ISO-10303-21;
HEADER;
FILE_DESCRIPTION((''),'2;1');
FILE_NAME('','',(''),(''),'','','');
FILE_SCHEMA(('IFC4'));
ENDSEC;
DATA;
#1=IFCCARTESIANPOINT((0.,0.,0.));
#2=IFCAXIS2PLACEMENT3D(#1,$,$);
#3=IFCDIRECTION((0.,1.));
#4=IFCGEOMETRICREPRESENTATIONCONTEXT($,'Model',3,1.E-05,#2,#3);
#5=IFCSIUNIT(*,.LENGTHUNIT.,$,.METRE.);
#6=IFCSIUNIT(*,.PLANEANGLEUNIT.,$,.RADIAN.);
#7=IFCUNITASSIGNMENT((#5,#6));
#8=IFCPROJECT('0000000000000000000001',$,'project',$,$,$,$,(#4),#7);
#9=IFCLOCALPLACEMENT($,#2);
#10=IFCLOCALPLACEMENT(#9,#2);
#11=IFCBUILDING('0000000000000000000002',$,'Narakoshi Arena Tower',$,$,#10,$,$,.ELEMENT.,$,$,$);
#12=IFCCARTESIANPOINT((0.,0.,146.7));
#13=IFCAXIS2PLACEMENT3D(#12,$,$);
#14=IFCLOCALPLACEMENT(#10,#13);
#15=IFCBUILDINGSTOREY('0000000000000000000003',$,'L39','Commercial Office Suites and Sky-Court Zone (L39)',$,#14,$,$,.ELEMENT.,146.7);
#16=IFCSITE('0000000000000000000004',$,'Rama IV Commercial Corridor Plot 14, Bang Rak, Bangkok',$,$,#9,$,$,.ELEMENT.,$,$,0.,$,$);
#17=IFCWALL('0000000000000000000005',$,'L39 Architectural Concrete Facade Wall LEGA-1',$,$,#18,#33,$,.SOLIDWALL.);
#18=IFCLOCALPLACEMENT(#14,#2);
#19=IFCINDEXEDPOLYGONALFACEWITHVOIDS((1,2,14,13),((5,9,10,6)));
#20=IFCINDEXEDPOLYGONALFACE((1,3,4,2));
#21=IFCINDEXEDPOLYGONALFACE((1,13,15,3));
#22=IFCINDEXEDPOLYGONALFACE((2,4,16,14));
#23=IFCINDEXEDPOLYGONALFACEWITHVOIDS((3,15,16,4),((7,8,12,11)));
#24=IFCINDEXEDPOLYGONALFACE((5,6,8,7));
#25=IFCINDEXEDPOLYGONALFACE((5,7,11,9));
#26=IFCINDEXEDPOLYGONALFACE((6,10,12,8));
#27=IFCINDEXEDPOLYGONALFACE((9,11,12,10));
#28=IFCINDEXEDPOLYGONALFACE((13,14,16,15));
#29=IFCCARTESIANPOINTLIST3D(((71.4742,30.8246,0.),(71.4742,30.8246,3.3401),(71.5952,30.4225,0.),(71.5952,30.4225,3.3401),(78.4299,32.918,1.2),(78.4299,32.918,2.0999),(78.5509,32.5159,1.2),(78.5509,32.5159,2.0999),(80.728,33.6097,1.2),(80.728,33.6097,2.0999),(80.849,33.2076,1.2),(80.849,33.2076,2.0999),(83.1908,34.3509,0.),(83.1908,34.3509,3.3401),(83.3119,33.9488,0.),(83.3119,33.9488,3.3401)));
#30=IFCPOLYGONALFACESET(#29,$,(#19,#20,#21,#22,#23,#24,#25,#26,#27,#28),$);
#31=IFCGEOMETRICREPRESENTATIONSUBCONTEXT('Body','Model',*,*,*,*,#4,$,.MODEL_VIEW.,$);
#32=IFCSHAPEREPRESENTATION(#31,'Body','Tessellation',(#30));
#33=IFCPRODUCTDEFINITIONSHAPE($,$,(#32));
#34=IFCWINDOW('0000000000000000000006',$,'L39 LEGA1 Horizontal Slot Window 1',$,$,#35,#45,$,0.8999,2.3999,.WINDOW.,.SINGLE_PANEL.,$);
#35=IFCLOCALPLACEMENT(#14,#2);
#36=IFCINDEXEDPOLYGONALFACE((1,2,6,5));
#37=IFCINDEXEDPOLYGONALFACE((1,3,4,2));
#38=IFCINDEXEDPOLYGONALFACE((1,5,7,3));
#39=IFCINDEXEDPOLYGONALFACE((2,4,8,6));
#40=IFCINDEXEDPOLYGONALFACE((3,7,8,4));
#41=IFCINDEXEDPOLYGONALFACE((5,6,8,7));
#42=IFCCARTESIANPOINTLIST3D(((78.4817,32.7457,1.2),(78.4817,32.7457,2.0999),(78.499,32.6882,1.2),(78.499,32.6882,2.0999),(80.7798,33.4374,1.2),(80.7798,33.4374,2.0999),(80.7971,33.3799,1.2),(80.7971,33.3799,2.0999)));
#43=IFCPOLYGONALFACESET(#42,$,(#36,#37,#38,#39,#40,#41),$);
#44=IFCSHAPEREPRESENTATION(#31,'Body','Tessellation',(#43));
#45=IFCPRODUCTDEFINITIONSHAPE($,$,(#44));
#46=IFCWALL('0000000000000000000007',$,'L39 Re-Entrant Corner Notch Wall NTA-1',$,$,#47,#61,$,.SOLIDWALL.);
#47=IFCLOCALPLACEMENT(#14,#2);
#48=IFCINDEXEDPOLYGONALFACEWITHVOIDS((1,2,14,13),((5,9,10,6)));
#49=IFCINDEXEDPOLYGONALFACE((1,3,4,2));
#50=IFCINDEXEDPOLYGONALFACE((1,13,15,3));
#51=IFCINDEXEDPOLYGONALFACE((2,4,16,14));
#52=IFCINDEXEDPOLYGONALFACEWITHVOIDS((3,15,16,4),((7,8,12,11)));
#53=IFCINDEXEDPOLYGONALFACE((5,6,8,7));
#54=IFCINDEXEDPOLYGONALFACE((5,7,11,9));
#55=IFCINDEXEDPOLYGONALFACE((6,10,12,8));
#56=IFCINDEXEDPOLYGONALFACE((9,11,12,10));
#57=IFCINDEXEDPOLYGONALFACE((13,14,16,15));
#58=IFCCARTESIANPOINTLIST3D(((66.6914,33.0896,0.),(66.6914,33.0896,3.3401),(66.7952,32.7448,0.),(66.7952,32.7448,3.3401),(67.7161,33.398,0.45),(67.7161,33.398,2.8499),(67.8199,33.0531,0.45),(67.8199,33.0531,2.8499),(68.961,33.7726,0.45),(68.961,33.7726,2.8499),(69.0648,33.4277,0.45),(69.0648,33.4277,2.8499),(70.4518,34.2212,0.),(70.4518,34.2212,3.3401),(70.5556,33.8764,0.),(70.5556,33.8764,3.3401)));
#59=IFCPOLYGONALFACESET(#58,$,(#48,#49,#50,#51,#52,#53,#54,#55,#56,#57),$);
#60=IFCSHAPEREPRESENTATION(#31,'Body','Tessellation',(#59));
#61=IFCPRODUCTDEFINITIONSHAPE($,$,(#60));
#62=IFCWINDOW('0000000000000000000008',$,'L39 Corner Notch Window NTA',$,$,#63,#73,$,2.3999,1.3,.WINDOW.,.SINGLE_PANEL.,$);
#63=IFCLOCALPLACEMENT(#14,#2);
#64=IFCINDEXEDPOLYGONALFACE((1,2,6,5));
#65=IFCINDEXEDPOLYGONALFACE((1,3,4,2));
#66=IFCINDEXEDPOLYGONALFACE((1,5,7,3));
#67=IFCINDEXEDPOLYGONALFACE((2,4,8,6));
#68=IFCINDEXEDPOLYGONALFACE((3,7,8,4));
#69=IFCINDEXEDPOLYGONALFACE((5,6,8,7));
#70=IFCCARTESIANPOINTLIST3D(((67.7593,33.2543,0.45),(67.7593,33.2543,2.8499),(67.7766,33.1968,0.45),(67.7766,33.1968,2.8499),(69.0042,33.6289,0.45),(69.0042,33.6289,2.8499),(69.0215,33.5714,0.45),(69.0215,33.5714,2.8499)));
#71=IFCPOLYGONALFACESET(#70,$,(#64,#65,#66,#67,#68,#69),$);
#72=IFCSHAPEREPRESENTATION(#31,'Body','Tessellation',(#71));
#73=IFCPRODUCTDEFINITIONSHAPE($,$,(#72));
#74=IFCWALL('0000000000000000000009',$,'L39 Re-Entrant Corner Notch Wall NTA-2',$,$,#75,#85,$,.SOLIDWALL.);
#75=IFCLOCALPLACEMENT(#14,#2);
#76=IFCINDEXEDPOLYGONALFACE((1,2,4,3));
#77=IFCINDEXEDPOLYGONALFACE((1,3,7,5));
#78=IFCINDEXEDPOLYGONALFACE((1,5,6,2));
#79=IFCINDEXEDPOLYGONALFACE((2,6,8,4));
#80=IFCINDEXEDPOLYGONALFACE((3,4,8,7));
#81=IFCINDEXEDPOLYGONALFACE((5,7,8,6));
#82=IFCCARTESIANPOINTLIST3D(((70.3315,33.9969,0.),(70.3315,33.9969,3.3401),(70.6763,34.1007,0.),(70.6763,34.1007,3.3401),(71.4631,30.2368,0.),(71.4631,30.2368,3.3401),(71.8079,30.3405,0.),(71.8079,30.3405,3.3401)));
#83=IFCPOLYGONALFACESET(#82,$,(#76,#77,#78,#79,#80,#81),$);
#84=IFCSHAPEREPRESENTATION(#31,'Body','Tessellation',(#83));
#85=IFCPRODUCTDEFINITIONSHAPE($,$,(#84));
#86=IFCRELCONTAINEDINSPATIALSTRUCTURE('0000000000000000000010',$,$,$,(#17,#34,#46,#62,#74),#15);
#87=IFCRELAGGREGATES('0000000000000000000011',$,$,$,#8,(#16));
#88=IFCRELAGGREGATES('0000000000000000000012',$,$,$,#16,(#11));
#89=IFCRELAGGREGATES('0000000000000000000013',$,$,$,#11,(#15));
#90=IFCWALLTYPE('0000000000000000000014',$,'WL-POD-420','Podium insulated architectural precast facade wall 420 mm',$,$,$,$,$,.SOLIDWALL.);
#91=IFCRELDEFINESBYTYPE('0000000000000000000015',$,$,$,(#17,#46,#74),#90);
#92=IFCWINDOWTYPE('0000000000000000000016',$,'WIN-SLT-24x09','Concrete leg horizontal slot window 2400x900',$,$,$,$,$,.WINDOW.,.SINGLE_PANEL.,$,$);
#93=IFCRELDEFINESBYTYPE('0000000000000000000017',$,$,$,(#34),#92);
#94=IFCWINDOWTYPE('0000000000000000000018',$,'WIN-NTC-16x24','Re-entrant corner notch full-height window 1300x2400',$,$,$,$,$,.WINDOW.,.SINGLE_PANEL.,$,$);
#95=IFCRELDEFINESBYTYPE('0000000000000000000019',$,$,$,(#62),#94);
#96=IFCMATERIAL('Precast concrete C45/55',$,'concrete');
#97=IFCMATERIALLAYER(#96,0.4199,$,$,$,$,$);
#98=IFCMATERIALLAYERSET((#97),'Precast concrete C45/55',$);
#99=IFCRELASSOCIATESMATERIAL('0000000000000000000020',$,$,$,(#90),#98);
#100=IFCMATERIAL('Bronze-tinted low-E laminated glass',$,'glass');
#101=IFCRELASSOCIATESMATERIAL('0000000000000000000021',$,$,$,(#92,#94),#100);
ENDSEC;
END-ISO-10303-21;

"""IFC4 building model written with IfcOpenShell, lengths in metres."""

from ifc_helpers import new_model, si_unit, direction, frame, frame_2d, origin, place, context, subcontext, project, spatial, rectangle, extrude, material, layer, layer_set, type_object, element, fill, save


model = new_model("IFC4")

# Units and contexts
model_context = context("Model", 3, precision=1e-05, world=origin(), true_north=direction((0.0, 1.0)))
body_context = subcontext(model_context, "Body", "Model", "MODEL_VIEW")
ifc_project = project(units=[si_unit("LENGTHUNIT", "METRE"), si_unit("PLANEANGLEUNIT", "RADIAN")], contexts=[model_context])

# Site, building, storey
site_placement = place(None, origin())
site = spatial("IfcSite", under=ifc_project, at=site_placement, Name="Rama IV Commercial Corridor Plot 14, Bang Rak, Bangkok", CompositionType="ELEMENT", RefElevation=0.0)
building_placement = place(site_placement, origin())
building = spatial("IfcBuilding", under=site, at=building_placement, Name="Narakoshi Arena Tower", CompositionType="ELEMENT")
storey_placement = place(building_placement, frame((0.0, 0.0, 146.7)))
storey = spatial("IfcBuildingStorey", under=building, at=storey_placement, Name="L39", Description="Commercial Office Suites and Sky-Court Zone (L39)", CompositionType="ELEMENT", Elevation=146.7)

# Walls, openings, windows
ifc_material_1 = material(Name="Precast concrete C45/55", Category="concrete")
ifc_layer_1 = layer(ifc_material_1, 0.4199)
ifc_layer_set_1 = layer_set([ifc_layer_1], Name="Precast concrete C45/55")
wall_type_1 = type_object("IfcWallType", Name="WL-POD-420", Description="Podium insulated architectural precast facade wall 420 mm", PredefinedType="SOLIDWALL", material=ifc_layer_set_1)
wall_1_placement = place(storey_placement, frame((71.5347, 30.6235, 0.0), z_axis=(0.0, 0.0, 1.0), x_axis=(0.957571, 0.288197, 0.0)))
wall_1 = element("IfcWall", 1, at=wall_1_placement, inside=storey, type_object=wall_type_1, Name="L39 Architectural Concrete Facade Wall LEGA-1", PredefinedType="SOLIDWALL", context=body_context, shape_type="SweptSolid", body=[
    extrude(rectangle(XDim=12.2358, YDim=0.4199, at=frame_2d((6.1179, 0.0))), origin(), (0.0, 0.0, 1.0), 3.3401),
])
opening_1_placement = place(wall_1_placement, frame((7.2639, 0.0, 1.2)))
opening_1 = element("IfcOpeningElement", 2, at=opening_1_placement, cuts=wall_1, PredefinedType="OPENING", context=body_context, shape_type="SweptSolid", body=[
    extrude(rectangle(XDim=2.3999, YDim=0.8999, at=frame_2d((1.2, 0.45))), frame((0.0, 0.22, 0.0), z_axis=(0.0, -1.0, 0.0), x_axis=(1.0, 0.0, 0.0)), (0.0, 0.0, 1.0), 0.4399),
])
ifc_material_2 = material(Name="Bronze-tinted low-E laminated glass", Category="glass")
window_type_1 = type_object("IfcWindowType", Name="WIN-SLT-24x09", Description="Concrete leg horizontal slot window 2400x900", PartitioningType="SINGLE_PANEL", PredefinedType="WINDOW", material=ifc_material_2)
window_1_placement = place(opening_1_placement, origin())
window_1 = element("IfcWindow", 3, at=window_1_placement, inside=storey, type_object=window_type_1, Name="L39 LEGA1 Horizontal Slot Window 1", OverallHeight=0.8999, OverallWidth=2.3999, PartitioningType="SINGLE_PANEL", PredefinedType="WINDOW", context=body_context, shape_type="SweptSolid", body=[
    extrude(rectangle(XDim=2.3999, YDim=0.8999, at=frame_2d((1.2, 0.45))), frame((0.0, 0.03, 0.0), z_axis=(0.0, -1.0, 0.0), x_axis=(1.0, 0.0, 0.0)), (0.0, 0.0, 1.0), 0.0601),
])
fill(opening_1, window_1)
wall_2_placement = place(storey_placement, frame((66.7434, 32.9172, 0.0), z_axis=(0.0, 0.0, 1.0), x_axis=(0.957585, 0.288152, 0.0)))
wall_2 = element("IfcWall", 4, at=wall_2_placement, inside=storey, type_object=wall_type_1, Name="L39 Re-Entrant Corner Notch Wall NTA-1", PredefinedType="SOLIDWALL", context=body_context, shape_type="SweptSolid", body=[
    extrude(rectangle(XDim=3.927, YDim=0.3601, at=frame_2d((1.9634, 0.0))), origin(), (0.0, 0.0, 1.0), 3.3401),
])
opening_2_placement = place(wall_2_placement, frame((1.0701, 0.0, 0.45)))
opening_2 = element("IfcOpeningElement", 5, at=opening_2_placement, cuts=wall_2, PredefinedType="OPENING", context=body_context, shape_type="SweptSolid", body=[
    extrude(rectangle(XDim=1.3, YDim=2.3999, at=frame_2d((0.6499, 1.2))), frame((0.0, 0.1899, 0.0), z_axis=(0.0, -1.0, 0.0), x_axis=(1.0, 0.0, 0.0)), (0.0, 0.0, 1.0), 0.3801),
])
window_type_2 = type_object("IfcWindowType", Name="WIN-NTC-16x24", Description="Re-entrant corner notch full-height window 1300x2400", PartitioningType="SINGLE_PANEL", PredefinedType="WINDOW", material=ifc_material_2)
window_2_placement = place(opening_2_placement, origin())
window_2 = element("IfcWindow", 6, at=window_2_placement, inside=storey, type_object=window_type_2, Name="L39 Corner Notch Window NTA", OverallHeight=2.3999, OverallWidth=1.3, PartitioningType="SINGLE_PANEL", PredefinedType="WINDOW", context=body_context, shape_type="SweptSolid", body=[
    extrude(rectangle(XDim=1.3, YDim=2.3999, at=frame_2d((0.6499, 1.2))), frame((0.0, 0.03, 0.0), z_axis=(0.0, -1.0, 0.0), x_axis=(1.0, 0.0, 0.0)), (0.0, 0.0, 1.0), 0.0601),
])
fill(opening_2, window_2)

# Wall
wall_3_placement = place(storey_placement, frame((70.5039, 34.0488, 0.0), z_axis=(0.0, 0.0, 1.0), x_axis=(0.288169, -0.95758, 0.0)))
element("IfcWall", 7, at=wall_3_placement, inside=storey, type_object=wall_type_1, Name="L39 Re-Entrant Corner Notch Wall NTA-2", PredefinedType="SOLIDWALL", context=body_context, shape_type="SweptSolid", body=[
    extrude(rectangle(XDim=3.9268, YDim=0.3601, at=frame_2d((1.9634, 0.0))), origin(), (0.0, 0.0, 1.0), 3.3401),
])

save(model, "model.ifc")
